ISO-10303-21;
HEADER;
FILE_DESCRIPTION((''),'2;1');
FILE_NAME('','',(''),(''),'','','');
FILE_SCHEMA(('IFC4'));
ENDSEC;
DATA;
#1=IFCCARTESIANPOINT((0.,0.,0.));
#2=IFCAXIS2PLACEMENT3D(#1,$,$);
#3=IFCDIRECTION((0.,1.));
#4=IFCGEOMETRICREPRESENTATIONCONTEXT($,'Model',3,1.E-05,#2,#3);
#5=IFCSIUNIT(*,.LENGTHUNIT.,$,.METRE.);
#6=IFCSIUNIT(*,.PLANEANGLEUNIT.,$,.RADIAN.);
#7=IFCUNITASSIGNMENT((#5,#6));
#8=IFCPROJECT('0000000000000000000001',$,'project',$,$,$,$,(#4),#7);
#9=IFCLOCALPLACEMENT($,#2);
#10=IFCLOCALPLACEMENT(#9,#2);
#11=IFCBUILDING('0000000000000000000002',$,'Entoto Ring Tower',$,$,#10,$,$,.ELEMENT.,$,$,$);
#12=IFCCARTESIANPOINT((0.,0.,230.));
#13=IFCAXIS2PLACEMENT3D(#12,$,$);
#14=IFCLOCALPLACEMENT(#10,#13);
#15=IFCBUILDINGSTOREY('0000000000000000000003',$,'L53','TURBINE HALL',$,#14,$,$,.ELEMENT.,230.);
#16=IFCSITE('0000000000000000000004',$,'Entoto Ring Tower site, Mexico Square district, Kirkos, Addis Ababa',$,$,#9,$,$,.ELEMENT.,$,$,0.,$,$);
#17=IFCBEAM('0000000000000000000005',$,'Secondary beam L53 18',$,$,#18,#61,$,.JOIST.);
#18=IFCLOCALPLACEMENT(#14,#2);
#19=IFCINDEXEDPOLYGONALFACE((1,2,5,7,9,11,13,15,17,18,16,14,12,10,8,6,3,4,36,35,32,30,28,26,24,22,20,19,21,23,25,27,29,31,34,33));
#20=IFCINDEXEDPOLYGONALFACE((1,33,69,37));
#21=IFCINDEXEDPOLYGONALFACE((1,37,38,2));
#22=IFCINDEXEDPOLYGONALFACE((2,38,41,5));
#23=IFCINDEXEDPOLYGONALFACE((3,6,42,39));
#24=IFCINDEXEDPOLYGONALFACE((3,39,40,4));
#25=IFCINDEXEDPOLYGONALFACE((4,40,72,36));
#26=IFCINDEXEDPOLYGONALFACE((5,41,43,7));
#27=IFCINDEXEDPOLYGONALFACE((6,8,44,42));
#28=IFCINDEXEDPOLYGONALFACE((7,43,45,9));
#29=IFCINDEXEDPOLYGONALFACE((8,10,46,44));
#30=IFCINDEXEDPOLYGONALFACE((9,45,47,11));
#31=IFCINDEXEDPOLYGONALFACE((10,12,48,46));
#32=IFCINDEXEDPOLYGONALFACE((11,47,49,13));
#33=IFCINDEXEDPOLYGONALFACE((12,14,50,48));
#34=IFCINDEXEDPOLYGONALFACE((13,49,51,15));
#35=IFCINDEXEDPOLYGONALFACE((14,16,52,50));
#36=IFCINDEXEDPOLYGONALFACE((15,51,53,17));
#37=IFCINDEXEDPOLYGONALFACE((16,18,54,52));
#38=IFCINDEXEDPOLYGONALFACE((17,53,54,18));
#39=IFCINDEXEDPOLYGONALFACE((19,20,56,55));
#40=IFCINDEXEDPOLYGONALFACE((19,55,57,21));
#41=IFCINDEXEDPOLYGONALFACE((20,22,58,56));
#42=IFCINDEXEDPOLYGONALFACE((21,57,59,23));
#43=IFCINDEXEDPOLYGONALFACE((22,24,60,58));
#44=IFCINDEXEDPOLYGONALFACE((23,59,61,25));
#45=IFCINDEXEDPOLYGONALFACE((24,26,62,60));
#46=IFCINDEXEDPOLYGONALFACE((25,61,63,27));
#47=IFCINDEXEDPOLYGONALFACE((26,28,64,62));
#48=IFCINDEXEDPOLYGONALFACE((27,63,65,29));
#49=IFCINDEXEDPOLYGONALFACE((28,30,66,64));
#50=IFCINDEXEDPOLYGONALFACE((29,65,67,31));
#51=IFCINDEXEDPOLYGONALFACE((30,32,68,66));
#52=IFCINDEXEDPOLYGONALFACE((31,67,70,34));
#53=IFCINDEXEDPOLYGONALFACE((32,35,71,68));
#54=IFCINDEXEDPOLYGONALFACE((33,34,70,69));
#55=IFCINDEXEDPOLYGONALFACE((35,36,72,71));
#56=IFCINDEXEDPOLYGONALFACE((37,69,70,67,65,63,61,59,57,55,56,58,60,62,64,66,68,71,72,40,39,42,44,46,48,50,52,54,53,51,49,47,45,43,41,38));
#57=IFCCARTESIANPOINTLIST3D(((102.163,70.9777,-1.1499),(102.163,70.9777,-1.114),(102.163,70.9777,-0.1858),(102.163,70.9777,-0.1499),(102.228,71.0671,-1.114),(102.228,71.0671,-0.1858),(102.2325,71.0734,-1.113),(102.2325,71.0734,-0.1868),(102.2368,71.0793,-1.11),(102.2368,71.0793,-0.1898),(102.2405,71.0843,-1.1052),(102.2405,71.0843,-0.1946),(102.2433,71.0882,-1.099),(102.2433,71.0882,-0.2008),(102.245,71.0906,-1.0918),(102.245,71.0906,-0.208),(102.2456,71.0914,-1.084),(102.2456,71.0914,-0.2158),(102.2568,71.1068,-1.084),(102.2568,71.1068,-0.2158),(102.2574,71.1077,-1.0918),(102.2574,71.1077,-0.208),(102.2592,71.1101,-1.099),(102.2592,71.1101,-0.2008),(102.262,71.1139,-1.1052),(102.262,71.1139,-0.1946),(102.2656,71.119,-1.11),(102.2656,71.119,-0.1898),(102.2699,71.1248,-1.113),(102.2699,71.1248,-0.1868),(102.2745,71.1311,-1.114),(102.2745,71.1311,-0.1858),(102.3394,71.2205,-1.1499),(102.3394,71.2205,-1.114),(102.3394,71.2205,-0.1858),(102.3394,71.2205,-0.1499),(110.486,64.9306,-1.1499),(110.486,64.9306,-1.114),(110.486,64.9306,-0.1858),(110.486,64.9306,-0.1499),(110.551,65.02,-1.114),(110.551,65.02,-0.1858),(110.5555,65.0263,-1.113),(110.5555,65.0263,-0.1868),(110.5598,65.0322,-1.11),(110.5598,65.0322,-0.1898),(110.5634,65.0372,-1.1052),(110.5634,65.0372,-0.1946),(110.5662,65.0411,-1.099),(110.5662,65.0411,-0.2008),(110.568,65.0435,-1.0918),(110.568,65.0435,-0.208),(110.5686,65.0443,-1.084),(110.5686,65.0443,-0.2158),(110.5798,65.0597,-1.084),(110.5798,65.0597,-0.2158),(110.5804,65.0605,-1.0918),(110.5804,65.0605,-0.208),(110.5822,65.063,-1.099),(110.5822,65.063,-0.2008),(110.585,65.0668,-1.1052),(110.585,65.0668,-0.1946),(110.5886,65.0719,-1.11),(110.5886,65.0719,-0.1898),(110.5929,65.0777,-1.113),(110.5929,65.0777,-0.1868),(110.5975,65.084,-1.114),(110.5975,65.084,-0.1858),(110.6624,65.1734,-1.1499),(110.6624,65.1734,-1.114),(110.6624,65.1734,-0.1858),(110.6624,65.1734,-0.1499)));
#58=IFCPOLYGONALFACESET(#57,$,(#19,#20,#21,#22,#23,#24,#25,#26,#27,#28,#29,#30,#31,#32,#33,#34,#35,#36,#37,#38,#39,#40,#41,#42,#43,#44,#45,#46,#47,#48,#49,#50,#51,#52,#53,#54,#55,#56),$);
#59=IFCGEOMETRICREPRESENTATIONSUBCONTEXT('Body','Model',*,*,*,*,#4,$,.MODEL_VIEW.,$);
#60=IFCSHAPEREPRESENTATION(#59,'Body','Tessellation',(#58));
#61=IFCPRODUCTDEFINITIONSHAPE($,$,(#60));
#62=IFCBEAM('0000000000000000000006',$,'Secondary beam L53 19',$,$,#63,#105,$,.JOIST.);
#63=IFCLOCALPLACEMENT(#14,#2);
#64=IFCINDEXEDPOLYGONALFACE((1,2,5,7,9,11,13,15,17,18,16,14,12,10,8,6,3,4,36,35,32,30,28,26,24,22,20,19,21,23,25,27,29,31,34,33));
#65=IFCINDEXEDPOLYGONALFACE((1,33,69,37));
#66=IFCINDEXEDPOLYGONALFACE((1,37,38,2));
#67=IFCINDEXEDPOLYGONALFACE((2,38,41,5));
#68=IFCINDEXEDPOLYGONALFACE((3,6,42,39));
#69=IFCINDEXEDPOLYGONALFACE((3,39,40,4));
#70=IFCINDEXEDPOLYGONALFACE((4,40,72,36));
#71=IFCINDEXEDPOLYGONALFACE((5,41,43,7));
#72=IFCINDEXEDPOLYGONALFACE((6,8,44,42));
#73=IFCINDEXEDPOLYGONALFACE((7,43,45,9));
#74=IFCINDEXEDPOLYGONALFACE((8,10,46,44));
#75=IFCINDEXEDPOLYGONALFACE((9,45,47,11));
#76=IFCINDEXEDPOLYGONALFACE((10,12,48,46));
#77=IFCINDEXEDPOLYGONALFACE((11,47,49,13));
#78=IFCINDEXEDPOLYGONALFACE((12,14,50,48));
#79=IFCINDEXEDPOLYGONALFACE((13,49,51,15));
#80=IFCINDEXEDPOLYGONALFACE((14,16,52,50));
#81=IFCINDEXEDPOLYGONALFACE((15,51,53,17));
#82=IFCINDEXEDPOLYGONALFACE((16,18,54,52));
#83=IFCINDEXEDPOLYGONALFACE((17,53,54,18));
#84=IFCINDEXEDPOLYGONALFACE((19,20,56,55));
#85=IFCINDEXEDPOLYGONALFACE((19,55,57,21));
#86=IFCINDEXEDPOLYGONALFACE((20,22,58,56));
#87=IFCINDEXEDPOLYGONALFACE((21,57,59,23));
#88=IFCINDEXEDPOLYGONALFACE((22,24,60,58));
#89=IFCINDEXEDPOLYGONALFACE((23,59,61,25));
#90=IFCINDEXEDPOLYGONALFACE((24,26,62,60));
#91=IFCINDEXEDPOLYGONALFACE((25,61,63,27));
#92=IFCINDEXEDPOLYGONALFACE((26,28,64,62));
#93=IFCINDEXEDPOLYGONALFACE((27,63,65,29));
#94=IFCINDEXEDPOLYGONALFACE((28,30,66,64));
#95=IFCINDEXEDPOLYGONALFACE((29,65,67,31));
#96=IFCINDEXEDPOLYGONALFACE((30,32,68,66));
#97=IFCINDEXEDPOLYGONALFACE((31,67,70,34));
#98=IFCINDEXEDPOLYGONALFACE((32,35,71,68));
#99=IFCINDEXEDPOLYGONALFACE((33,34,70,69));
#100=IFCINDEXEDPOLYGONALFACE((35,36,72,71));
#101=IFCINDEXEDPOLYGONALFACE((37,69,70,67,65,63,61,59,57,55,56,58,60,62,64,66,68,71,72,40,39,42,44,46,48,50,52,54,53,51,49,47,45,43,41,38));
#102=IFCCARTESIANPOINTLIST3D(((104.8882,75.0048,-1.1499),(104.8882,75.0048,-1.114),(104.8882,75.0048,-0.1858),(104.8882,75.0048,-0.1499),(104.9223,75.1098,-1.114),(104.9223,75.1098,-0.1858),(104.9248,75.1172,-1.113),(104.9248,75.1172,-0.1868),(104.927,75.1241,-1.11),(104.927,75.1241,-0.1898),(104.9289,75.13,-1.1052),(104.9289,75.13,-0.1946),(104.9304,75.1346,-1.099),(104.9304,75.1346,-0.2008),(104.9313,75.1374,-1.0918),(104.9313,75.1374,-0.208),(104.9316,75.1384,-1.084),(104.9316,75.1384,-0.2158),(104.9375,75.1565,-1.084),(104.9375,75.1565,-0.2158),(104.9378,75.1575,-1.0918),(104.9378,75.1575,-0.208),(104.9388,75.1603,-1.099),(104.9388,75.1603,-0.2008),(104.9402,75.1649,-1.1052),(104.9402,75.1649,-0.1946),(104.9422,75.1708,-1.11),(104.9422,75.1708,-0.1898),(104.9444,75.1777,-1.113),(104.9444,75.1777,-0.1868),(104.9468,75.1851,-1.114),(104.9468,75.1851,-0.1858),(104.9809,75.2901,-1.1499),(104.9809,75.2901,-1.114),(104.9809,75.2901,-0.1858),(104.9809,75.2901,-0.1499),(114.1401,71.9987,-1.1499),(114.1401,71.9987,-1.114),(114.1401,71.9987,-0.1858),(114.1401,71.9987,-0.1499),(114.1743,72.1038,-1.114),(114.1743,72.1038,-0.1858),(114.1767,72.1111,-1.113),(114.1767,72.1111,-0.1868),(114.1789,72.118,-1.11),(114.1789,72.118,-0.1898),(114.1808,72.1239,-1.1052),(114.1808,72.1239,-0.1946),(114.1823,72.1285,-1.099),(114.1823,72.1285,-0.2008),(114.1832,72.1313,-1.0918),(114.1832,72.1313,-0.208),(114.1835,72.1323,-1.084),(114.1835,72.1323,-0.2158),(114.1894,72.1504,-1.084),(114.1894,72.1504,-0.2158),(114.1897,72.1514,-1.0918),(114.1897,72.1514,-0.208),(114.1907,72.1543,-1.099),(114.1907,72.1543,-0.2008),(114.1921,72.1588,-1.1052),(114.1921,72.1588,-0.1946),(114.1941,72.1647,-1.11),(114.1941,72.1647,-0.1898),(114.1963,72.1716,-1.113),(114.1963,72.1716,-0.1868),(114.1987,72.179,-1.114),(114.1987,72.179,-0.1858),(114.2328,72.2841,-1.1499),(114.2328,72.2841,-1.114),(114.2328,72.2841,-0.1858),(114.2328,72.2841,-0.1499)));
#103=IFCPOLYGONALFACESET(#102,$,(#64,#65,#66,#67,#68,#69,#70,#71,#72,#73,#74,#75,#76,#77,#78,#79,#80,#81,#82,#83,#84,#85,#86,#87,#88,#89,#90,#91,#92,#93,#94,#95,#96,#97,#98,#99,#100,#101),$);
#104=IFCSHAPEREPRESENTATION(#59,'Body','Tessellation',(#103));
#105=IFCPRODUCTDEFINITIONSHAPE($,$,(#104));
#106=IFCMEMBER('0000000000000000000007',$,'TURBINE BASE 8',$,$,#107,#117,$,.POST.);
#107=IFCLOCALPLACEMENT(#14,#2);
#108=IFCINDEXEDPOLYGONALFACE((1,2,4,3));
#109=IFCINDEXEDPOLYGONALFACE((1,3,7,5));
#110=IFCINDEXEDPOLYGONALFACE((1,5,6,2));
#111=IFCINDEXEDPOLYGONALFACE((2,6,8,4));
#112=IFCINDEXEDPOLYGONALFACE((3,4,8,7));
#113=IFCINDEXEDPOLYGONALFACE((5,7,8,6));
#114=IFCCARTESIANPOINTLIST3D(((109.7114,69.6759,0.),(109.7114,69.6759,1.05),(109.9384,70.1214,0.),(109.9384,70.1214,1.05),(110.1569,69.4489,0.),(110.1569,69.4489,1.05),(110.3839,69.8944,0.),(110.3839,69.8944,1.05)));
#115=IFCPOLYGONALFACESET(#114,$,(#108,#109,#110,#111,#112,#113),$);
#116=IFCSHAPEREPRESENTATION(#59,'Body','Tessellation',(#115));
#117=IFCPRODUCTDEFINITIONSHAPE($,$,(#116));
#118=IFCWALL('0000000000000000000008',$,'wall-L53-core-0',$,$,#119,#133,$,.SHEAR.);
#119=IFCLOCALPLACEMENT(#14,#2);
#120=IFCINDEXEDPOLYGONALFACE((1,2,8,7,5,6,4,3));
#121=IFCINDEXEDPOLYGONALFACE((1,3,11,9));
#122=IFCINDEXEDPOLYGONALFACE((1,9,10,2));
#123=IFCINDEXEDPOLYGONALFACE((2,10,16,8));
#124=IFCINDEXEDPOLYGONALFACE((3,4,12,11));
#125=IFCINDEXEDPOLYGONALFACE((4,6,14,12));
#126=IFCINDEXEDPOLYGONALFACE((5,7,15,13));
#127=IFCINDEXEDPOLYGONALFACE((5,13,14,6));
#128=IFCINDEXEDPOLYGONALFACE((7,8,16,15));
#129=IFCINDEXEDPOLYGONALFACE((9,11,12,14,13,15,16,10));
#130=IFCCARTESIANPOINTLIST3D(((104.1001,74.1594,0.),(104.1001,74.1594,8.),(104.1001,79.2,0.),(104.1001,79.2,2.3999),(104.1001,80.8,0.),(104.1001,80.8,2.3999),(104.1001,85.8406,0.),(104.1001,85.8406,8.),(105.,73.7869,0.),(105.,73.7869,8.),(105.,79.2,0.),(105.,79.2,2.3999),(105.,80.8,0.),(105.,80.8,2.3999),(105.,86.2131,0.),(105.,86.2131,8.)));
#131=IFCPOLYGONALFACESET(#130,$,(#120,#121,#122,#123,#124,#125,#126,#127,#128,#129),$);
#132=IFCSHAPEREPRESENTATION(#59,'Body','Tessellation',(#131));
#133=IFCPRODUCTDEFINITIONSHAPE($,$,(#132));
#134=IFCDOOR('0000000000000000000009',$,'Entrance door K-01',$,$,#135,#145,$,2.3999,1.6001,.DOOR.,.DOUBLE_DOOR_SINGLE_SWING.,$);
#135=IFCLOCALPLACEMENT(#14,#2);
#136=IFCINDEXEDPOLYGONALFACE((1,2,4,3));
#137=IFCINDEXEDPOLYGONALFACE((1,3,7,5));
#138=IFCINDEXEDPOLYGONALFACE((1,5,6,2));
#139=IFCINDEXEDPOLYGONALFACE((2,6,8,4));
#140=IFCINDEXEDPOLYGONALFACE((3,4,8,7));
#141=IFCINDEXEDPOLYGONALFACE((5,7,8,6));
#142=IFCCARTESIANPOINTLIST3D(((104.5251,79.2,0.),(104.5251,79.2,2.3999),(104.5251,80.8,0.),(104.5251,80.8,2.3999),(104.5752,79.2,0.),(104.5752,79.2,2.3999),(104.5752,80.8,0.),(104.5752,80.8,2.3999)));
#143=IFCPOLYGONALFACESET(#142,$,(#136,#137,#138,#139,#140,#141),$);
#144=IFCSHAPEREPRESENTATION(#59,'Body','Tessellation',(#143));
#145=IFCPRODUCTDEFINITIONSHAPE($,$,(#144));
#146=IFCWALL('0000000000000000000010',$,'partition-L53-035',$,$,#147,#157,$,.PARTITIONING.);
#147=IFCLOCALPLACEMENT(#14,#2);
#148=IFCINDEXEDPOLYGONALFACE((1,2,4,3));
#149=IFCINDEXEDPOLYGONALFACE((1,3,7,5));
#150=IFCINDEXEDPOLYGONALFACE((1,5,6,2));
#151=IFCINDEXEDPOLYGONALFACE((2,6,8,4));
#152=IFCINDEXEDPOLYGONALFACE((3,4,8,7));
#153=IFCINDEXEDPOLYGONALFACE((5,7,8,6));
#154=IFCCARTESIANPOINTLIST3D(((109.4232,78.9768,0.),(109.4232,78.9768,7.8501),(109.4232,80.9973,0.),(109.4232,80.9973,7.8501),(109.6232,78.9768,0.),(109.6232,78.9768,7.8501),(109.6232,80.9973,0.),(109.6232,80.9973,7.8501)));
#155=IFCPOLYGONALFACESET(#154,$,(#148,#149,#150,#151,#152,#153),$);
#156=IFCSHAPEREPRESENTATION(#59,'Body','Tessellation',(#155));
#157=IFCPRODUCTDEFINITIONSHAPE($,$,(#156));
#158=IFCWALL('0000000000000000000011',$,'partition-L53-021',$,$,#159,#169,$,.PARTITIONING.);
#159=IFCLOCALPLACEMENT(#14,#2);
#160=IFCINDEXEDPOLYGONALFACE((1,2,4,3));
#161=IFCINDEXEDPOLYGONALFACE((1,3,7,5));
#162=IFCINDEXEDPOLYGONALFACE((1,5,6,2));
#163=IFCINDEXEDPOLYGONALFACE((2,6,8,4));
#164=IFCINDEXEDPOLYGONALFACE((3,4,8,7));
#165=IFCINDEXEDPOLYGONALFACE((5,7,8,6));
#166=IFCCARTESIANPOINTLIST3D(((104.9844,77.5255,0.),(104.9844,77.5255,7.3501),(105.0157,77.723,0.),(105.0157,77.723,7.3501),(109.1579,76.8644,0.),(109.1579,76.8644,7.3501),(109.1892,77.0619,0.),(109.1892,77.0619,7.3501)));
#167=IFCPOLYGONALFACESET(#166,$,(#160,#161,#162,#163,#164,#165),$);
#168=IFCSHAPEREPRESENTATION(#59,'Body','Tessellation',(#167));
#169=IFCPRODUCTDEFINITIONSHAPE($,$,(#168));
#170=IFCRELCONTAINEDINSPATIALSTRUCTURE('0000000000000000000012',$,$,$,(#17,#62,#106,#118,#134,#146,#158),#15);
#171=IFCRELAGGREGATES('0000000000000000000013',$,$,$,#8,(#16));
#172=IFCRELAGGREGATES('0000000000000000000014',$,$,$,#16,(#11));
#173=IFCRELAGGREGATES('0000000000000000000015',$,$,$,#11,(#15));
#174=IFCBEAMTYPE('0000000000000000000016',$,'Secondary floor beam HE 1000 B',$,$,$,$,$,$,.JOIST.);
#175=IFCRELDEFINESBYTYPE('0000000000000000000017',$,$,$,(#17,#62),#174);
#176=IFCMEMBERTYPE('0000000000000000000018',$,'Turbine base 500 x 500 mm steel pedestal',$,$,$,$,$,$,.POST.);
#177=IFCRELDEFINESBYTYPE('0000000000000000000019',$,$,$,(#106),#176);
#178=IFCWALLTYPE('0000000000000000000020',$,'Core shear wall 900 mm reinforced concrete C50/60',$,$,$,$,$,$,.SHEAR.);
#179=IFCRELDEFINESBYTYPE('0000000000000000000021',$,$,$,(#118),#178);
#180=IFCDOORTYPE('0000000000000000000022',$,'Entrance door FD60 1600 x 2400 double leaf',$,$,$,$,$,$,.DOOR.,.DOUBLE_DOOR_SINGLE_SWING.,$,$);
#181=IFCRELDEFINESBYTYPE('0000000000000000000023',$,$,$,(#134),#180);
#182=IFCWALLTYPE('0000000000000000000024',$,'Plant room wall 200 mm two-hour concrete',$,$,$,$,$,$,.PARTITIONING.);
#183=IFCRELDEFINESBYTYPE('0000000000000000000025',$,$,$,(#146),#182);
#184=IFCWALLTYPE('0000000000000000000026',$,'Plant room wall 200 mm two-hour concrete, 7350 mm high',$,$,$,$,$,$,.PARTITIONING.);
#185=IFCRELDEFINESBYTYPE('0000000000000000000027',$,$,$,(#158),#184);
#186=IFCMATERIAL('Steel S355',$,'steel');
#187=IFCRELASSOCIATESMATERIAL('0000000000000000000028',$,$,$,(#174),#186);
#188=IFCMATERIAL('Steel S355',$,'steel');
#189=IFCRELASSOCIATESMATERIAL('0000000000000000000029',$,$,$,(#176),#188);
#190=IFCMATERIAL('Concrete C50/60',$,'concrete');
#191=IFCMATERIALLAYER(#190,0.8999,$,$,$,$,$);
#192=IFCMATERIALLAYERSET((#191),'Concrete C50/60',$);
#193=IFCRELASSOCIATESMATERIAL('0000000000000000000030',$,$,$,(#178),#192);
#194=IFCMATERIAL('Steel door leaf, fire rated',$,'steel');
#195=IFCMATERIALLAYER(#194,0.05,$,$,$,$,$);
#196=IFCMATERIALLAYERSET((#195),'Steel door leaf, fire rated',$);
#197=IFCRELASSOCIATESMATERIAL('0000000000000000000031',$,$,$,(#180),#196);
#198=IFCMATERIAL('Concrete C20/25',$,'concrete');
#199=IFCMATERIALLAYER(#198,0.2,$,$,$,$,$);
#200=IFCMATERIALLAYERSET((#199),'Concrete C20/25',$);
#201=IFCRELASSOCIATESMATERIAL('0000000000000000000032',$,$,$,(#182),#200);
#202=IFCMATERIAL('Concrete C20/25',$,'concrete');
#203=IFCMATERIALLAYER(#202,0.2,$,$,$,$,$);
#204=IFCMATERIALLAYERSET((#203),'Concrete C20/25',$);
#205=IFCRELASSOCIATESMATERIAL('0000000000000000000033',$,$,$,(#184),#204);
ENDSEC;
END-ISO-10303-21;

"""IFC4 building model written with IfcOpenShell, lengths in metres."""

from ifc_helpers import new_model, si_unit, direction, frame, frame_2d, origin, origin_2d, place, context, subcontext, project, spatial, polyline, rectangle, i_section, outline, extrude, material, layer, layer_set, material_profile, profile_set, type_object, element, fill, save


model = new_model("IFC4")

# Units and contexts
model_context = context("Model", 3, precision=1e-05, world=origin(), true_north=direction((0.0, 1.0)))
body_context = subcontext(model_context, "Body", "Model", "MODEL_VIEW")
ifc_project = project(units=[si_unit("LENGTHUNIT", "METRE"), si_unit("PLANEANGLEUNIT", "RADIAN")], contexts=[model_context])

# Site, building, storey
site_placement = place(None, origin())
site = spatial("IfcSite", under=ifc_project, at=site_placement, Name="Entoto Ring Tower site, Mexico Square district, Kirkos, Addis Ababa", CompositionType="ELEMENT", RefElevation=0.0)
building_placement = place(site_placement, origin())
building = spatial("IfcBuilding", under=site, at=building_placement, Name="Entoto Ring Tower", CompositionType="ELEMENT")
storey_placement = place(building_placement, frame((0.0, 0.0, 230.0)))
storey = spatial("IfcBuildingStorey", under=building, at=storey_placement, Name="L53", Description="TURBINE HALL", CompositionType="ELEMENT", Elevation=230.0)

# Beams
ifc_material_1 = material(Name="Steel S355", Category="steel")
ifc_material_profile_1 = material_profile(ifc_material_1, i_section(OverallWidth=0.3, OverallDepth=1.0, WebThickness=0.019, FlangeThickness=0.0359, FilletRadius=0.03, at=origin_2d()), Name="HE 1000 B")
ifc_profile_set_1 = profile_set([ifc_material_profile_1], Name="Steel S355")
beam_type_1 = type_object("IfcBeamType", Name="Secondary floor beam HE 1000 B", PredefinedType="JOIST", material=ifc_profile_set_1)
beam_1_placement = place(storey_placement, frame((102.2512, 71.0991, -0.6499), z_axis=(0.809012, -0.587792, 0.0), x_axis=(0.587792, 0.809012, 0.0)))
element("IfcBeam", 1, at=beam_1_placement, inside=storey, type_object=beam_type_1, Name="Secondary beam L53 18", PredefinedType="JOIST", context=body_context, shape_type="SweptSolid", body=[
    extrude(i_section(OverallWidth=0.3, OverallDepth=1.0, WebThickness=0.019, FlangeThickness=0.0359, FilletRadius=0.03, at=origin_2d()), origin(), (0.0, 0.0, 1.0), 10.2878),
])
beam_2_placement = place(storey_placement, frame((104.9346, 75.1475, -0.6499), z_axis=(0.951058, -0.309013, 0.0), x_axis=(0.309013, 0.951058, 0.0)))
element("IfcBeam", 2, at=beam_2_placement, inside=storey, type_object=beam_type_1, Name="Secondary beam L53 19", PredefinedType="JOIST", context=body_context, shape_type="SweptSolid", body=[
    extrude(i_section(OverallWidth=0.3, OverallDepth=1.0, WebThickness=0.019, FlangeThickness=0.0359, FilletRadius=0.03, at=origin_2d()), origin(), (0.0, 0.0, 1.0), 9.728),
])

# Member
ifc_material_2 = material(Name="Steel S355", Category="steel")
ifc_material_profile_2 = material_profile(ifc_material_2, rectangle(XDim=0.5, YDim=0.5, at=origin_2d()), Name="Turbine base 500 x 500 mm steel pedestal")
ifc_profile_set_2 = profile_set([ifc_material_profile_2], Name="Steel S355")
member_type_1 = type_object("IfcMemberType", Name="Turbine base 500 x 500 mm steel pedestal", PredefinedType="POST", material=ifc_profile_set_2)
member_1_placement = place(storey_placement, frame((110.0476, 69.7852, 0.0), z_axis=(0.0, 0.0, 1.0), x_axis=(0.45399, 0.891007, 0.0)))
element("IfcMember", 3, at=member_1_placement, inside=storey, type_object=member_type_1, Name="TURBINE BASE 8", PredefinedType="POST", context=body_context, shape_type="SweptSolid", body=[
    extrude(rectangle(XDim=0.5, YDim=0.5, at=origin_2d()), origin(), (0.0, 0.0, 1.0), 1.05),
])

# Wall, opening, door
ifc_material_3 = material(Name="Concrete C50/60", Category="concrete")
ifc_layer_1 = layer(ifc_material_3, 0.8999)
ifc_layer_set_1 = layer_set([ifc_layer_1], Name="Concrete C50/60")
wall_type_1 = type_object("IfcWallType", Name="Core shear wall 900 mm reinforced concrete C50/60", PredefinedType="SHEAR", material=ifc_layer_set_1)
wall_1_placement = place(storey_placement, frame((104.55, 73.9731, 0.0), z_axis=(0.0, 0.0, 1.0), x_axis=(0.0, 1.0, 0.0)))
wall_1 = element("IfcWall", 4, at=wall_1_placement, inside=storey, type_object=wall_type_1, Name="wall-L53-core-0", PredefinedType="SHEAR", context=body_context, shape_type="SweptSolid", body=[
    extrude(outline(polyline([(-0.1863, -0.45), (12.24, -0.45), (11.8674, 0.45), (0.1863, 0.45), (-0.1863, -0.45)])), origin(), (0.0, 0.0, 1.0), 8.0),
])
opening_placement = place(wall_1_placement, frame((5.2268, 0.0, 0.0)))
opening = element("IfcOpeningElement", 5, at=opening_placement, cuts=wall_1, PredefinedType="OPENING", context=body_context, shape_type="SweptSolid", body=[
    extrude(rectangle(XDim=1.6001, YDim=2.3999, at=frame_2d((0.8, 1.2))), frame((0.0, 0.46, 0.0), z_axis=(0.0, -1.0, 0.0), x_axis=(1.0, 0.0, 0.0)), (0.0, 0.0, 1.0), 0.9199),
])
ifc_material_4 = material(Name="Steel door leaf, fire rated", Category="steel")
ifc_layer_2 = layer(ifc_material_4, 0.05)
ifc_layer_set_2 = layer_set([ifc_layer_2], Name="Steel door leaf, fire rated")
door_type = type_object("IfcDoorType", Name="Entrance door FD60 1600 x 2400 double leaf", OperationType="DOUBLE_DOOR_SINGLE_SWING", PredefinedType="DOOR", material=ifc_layer_set_2)
door_placement = place(opening_placement, origin())
door = element("IfcDoor", 6, at=door_placement, inside=storey, type_object=door_type, Name="Entrance door K-01", OperationType="DOUBLE_DOOR_SINGLE_SWING", OverallHeight=2.3999, OverallWidth=1.6001, PredefinedType="DOOR", context=body_context, shape_type="SweptSolid", body=[
    extrude(rectangle(XDim=1.6001, YDim=2.3999, at=frame_2d((0.8, 1.2))), frame((0.0, 0.0249, 0.0), z_axis=(0.0, -1.0, 0.0), x_axis=(1.0, 0.0, 0.0)), (0.0, 0.0, 1.0), 0.05),
])
fill(opening, door)

# Walls
ifc_material_5 = material(Name="Concrete C20/25", Category="concrete")
ifc_layer_3 = layer(ifc_material_5, 0.2)
ifc_layer_set_3 = layer_set([ifc_layer_3], Name="Concrete C20/25")
wall_type_2 = type_object("IfcWallType", Name="Plant room wall 200 mm two-hour concrete", PredefinedType="PARTITIONING", material=ifc_layer_set_3)
wall_2_placement = place(storey_placement, frame((109.5232, 78.9768, 0.0), z_axis=(0.0, 0.0, 1.0), x_axis=(0.0, 1.0, 0.0)))
element("IfcWall", 7, at=wall_2_placement, inside=storey, type_object=wall_type_2, Name="partition-L53-035", PredefinedType="PARTITIONING", context=body_context, shape_type="SweptSolid", body=[
    extrude(rectangle(XDim=2.0205, YDim=0.2, at=frame_2d((1.0103, 0.0))), origin(), (0.0, 0.0, 1.0), 7.8501),
])
ifc_material_6 = material(Name="Concrete C20/25", Category="concrete")
ifc_layer_4 = layer(ifc_material_6, 0.2)
ifc_layer_set_4 = layer_set([ifc_layer_4], Name="Concrete C20/25")
wall_type_3 = type_object("IfcWallType", Name="Plant room wall 200 mm two-hour concrete, 7350 mm high", PredefinedType="PARTITIONING", material=ifc_layer_set_4)
wall_3_placement = place(storey_placement, frame((109.1736, 76.9631, 0.0), z_axis=(0.0, 0.0, 1.0), x_axis=(-0.987685, 0.156458, 0.0)))
element("IfcWall", 8, at=wall_3_placement, inside=storey, type_object=wall_type_3, Name="partition-L53-021", PredefinedType="PARTITIONING", context=body_context, shape_type="SweptSolid", body=[
    extrude(rectangle(XDim=4.2256, YDim=0.2, at=frame_2d((2.1128, 0.0))), origin(), (0.0, 0.0, 1.0), 7.3501),
])

save(model, "model.ifc")
